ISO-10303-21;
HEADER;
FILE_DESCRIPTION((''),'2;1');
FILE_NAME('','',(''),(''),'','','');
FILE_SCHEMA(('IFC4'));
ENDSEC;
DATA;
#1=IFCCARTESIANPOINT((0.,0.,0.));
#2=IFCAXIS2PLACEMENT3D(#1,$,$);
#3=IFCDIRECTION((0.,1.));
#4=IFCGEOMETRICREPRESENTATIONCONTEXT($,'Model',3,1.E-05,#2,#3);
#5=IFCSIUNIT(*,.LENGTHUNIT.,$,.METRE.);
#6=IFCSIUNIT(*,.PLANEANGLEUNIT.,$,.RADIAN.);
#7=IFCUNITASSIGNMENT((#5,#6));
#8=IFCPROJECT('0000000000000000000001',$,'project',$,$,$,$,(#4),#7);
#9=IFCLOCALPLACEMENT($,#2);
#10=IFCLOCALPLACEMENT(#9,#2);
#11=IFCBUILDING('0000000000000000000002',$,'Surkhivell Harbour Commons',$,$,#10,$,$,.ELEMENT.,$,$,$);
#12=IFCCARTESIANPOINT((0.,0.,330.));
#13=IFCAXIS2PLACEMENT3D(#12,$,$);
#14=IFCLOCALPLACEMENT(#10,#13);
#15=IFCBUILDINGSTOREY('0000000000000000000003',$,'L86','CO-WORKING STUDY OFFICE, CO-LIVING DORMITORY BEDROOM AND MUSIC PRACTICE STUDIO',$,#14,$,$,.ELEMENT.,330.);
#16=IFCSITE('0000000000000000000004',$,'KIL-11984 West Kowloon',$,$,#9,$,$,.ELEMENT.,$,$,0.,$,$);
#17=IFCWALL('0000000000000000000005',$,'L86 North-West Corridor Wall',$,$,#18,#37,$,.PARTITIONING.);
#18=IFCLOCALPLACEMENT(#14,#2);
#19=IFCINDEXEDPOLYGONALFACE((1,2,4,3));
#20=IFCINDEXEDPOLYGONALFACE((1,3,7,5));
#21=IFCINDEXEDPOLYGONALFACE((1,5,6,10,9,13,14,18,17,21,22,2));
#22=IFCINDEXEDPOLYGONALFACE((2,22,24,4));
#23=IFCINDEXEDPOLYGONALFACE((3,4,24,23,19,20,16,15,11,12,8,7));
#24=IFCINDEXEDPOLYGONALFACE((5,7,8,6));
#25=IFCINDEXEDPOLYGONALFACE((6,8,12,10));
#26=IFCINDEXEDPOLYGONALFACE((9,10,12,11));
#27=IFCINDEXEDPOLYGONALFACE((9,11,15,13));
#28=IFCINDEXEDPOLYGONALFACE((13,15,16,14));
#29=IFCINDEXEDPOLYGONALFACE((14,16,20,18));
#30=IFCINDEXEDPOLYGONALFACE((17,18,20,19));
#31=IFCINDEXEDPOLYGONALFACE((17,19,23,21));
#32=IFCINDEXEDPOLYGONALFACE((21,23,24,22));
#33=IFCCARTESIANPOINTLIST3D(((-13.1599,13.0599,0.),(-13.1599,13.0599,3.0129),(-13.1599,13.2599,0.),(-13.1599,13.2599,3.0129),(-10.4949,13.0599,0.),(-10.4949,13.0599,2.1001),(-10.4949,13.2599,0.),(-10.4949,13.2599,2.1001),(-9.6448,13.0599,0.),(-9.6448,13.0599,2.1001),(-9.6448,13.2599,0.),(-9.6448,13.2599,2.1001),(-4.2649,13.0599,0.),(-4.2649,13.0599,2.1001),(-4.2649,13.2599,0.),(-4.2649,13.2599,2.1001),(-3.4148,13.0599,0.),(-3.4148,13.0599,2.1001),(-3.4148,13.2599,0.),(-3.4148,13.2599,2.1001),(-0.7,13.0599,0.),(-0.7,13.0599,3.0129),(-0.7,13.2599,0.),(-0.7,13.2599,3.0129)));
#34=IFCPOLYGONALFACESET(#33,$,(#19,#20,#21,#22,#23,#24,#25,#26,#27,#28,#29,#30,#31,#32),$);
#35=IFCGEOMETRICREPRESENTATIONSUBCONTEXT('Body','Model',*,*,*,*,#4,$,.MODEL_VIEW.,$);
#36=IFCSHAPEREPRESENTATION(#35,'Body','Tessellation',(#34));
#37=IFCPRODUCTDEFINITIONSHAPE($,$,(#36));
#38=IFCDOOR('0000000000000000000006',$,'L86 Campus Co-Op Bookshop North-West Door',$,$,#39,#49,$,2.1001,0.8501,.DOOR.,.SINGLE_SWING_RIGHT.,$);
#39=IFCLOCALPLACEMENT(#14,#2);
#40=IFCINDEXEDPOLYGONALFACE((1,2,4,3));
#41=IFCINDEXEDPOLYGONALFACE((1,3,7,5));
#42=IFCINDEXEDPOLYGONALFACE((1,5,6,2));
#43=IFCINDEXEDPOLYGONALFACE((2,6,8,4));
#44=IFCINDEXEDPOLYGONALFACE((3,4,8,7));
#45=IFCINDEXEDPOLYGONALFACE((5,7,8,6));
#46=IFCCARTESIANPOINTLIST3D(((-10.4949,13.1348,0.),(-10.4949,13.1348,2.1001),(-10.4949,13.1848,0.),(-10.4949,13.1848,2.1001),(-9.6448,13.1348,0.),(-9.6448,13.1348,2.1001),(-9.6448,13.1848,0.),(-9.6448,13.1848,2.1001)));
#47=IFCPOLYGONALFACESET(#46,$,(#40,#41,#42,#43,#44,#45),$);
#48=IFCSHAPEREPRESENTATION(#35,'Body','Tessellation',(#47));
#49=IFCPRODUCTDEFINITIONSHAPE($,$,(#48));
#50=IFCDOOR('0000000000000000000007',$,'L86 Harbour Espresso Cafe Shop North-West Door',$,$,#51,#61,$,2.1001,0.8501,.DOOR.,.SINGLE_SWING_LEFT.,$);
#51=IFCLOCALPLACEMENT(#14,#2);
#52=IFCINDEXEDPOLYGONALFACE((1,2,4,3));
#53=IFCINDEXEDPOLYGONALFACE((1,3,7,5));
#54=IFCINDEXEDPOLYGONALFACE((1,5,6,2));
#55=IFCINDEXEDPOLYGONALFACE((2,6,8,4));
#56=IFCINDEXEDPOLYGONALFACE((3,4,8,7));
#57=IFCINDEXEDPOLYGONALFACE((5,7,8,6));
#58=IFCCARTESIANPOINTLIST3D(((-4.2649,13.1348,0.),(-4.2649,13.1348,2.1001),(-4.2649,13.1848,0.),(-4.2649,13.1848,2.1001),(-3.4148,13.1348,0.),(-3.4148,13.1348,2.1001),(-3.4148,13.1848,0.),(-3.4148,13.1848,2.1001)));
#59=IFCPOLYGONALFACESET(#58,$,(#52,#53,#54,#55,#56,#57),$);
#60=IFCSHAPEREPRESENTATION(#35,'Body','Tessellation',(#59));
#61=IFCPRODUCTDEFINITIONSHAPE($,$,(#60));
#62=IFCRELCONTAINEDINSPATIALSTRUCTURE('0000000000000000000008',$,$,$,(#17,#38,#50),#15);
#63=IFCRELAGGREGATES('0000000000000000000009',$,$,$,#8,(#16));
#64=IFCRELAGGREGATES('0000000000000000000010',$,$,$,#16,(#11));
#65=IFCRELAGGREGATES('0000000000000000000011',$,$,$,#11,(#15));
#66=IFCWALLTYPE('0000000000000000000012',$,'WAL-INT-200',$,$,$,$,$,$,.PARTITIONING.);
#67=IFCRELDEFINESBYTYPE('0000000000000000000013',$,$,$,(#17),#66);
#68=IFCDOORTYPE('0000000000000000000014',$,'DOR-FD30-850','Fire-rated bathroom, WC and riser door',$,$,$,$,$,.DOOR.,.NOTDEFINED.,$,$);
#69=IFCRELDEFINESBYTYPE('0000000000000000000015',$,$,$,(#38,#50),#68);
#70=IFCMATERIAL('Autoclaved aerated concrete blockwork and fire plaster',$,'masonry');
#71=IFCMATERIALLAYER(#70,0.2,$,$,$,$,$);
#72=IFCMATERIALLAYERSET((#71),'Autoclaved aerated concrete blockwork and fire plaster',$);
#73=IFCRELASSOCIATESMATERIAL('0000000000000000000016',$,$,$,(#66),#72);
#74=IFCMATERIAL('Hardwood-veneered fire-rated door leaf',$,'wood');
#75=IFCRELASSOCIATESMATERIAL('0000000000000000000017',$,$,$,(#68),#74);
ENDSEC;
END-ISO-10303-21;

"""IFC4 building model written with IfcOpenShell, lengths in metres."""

from ifc_helpers import new_model, si_unit, direction, frame, frame_2d, origin, place, context, subcontext, project, spatial, rectangle, extrude, material, layer, layer_set, type_object, element, fill, save


model = new_model("IFC4")

# Units and contexts
model_context = context("Model", 3, precision=1e-05, world=origin(), true_north=direction((0.0, 1.0)))
body_context = subcontext(model_context, "Body", "Model", "MODEL_VIEW")
ifc_project = project(units=[si_unit("LENGTHUNIT", "METRE"), si_unit("PLANEANGLEUNIT", "RADIAN")], contexts=[model_context])

# Site, building, storey
site_placement = place(None, origin())
site = spatial("IfcSite", under=ifc_project, at=site_placement, Name="KIL-11984 West Kowloon", CompositionType="ELEMENT", RefElevation=0.0)
building_placement = place(site_placement, origin())
building = spatial("IfcBuilding", under=site, at=building_placement, Name="Surkhivell Harbour Commons", CompositionType="ELEMENT")
storey_placement = place(building_placement, frame((0.0, 0.0, 330.0)))
storey = spatial("IfcBuildingStorey", under=building, at=storey_placement, Name="L86", Description="CO-WORKING STUDY OFFICE, CO-LIVING DORMITORY BEDROOM AND MUSIC PRACTICE STUDIO", CompositionType="ELEMENT", Elevation=330.0)

# Shared definitions
ifc_material_1 = material(Name="Autoclaved aerated concrete blockwork and fire plaster", Category="masonry")
ifc_layer_1 = layer(ifc_material_1, 0.2)
ifc_layer_set_1 = layer_set([ifc_layer_1], Name="Autoclaved aerated concrete blockwork and fire plaster")
wall_type_1 = type_object("IfcWallType", Name="WAL-INT-200", PredefinedType="PARTITIONING", material=ifc_layer_set_1)

# Wall, openings, doors
wall_1_placement = place(storey_placement, frame((-13.1599, 13.1599, 0.0), z_axis=(0.0, 0.0, 1.0), x_axis=(1.0, 0.0, 0.0)))
wall_1 = element("IfcWall", 1, at=wall_1_placement, inside=storey, type_object=wall_type_1, Name="L86 North-West Corridor Wall", PredefinedType="PARTITIONING", context=body_context, shape_type="SweptSolid", body=[
    extrude(rectangle(XDim=12.46, YDim=0.2, at=frame_2d((6.23, 0.0))), origin(), (0.0, 0.0, 1.0), 3.0129),
])
opening_1_placement = place(wall_1_placement, frame((2.665, 0.0, 0.0)))
opening_1 = element("IfcOpeningElement", 2, at=opening_1_placement, cuts=wall_1, PredefinedType="OPENING", context=body_context, shape_type="SweptSolid", body=[
    extrude(rectangle(XDim=0.8501, YDim=2.1001, at=frame_2d((0.425, 1.05))), frame((0.0, 0.1099, 0.0), z_axis=(0.0, -1.0, 0.0), x_axis=(1.0, 0.0, 0.0)), (0.0, 0.0, 1.0), 0.22),
])
opening_2_placement = place(wall_1_placement, frame((8.895, 0.0, 0.0)))
opening_2 = element("IfcOpeningElement", 3, at=opening_2_placement, cuts=wall_1, PredefinedType="OPENING", context=body_context, shape_type="SweptSolid", body=[
    extrude(rectangle(XDim=0.8501, YDim=2.1001, at=frame_2d((0.425, 1.05))), frame((0.0, 0.1099, 0.0), z_axis=(0.0, -1.0, 0.0), x_axis=(1.0, 0.0, 0.0)), (0.0, 0.0, 1.0), 0.22),
])
ifc_material_2 = material(Name="Hardwood-veneered fire-rated door leaf", Category="wood")
door_type = type_object("IfcDoorType", Name="DOR-FD30-850", Description="Fire-rated bathroom, WC and riser door", OperationType="NOTDEFINED", PredefinedType="DOOR", material=ifc_material_2)
door_1_placement = place(opening_1_placement, origin())
door_1 = element("IfcDoor", 4, at=door_1_placement, inside=storey, type_object=door_type, Name="L86 Campus Co-Op Bookshop North-West Door", OperationType="SINGLE_SWING_RIGHT", OverallHeight=2.1001, OverallWidth=0.8501, PredefinedType="DOOR", context=body_context, shape_type="SweptSolid", body=[
    extrude(rectangle(XDim=0.8501, YDim=2.1001, at=frame_2d((0.425, 1.05))), frame((0.0, 0.0249, 0.0), z_axis=(0.0, -1.0, 0.0), x_axis=(1.0, 0.0, 0.0)), (0.0, 0.0, 1.0), 0.05),
])
fill(opening_1, door_1)
door_2_placement = place(opening_2_placement, origin())
door_2 = element("IfcDoor", 5, at=door_2_placement, inside=storey, type_object=door_type, Name="L86 Harbour Espresso Cafe Shop North-West Door", OperationType="SINGLE_SWING_LEFT", OverallHeight=2.1001, OverallWidth=0.8501, PredefinedType="DOOR", context=body_context, shape_type="SweptSolid", body=[
    extrude(rectangle(XDim=0.8501, YDim=2.1001, at=frame_2d((0.425, 1.05))), frame((0.0, 0.0249, 0.0), z_axis=(0.0, -1.0, 0.0), x_axis=(1.0, 0.0, 0.0)), (0.0, 0.0, 1.0), 0.05),
])
fill(opening_2, door_2)

save(model, "model.ifc")
